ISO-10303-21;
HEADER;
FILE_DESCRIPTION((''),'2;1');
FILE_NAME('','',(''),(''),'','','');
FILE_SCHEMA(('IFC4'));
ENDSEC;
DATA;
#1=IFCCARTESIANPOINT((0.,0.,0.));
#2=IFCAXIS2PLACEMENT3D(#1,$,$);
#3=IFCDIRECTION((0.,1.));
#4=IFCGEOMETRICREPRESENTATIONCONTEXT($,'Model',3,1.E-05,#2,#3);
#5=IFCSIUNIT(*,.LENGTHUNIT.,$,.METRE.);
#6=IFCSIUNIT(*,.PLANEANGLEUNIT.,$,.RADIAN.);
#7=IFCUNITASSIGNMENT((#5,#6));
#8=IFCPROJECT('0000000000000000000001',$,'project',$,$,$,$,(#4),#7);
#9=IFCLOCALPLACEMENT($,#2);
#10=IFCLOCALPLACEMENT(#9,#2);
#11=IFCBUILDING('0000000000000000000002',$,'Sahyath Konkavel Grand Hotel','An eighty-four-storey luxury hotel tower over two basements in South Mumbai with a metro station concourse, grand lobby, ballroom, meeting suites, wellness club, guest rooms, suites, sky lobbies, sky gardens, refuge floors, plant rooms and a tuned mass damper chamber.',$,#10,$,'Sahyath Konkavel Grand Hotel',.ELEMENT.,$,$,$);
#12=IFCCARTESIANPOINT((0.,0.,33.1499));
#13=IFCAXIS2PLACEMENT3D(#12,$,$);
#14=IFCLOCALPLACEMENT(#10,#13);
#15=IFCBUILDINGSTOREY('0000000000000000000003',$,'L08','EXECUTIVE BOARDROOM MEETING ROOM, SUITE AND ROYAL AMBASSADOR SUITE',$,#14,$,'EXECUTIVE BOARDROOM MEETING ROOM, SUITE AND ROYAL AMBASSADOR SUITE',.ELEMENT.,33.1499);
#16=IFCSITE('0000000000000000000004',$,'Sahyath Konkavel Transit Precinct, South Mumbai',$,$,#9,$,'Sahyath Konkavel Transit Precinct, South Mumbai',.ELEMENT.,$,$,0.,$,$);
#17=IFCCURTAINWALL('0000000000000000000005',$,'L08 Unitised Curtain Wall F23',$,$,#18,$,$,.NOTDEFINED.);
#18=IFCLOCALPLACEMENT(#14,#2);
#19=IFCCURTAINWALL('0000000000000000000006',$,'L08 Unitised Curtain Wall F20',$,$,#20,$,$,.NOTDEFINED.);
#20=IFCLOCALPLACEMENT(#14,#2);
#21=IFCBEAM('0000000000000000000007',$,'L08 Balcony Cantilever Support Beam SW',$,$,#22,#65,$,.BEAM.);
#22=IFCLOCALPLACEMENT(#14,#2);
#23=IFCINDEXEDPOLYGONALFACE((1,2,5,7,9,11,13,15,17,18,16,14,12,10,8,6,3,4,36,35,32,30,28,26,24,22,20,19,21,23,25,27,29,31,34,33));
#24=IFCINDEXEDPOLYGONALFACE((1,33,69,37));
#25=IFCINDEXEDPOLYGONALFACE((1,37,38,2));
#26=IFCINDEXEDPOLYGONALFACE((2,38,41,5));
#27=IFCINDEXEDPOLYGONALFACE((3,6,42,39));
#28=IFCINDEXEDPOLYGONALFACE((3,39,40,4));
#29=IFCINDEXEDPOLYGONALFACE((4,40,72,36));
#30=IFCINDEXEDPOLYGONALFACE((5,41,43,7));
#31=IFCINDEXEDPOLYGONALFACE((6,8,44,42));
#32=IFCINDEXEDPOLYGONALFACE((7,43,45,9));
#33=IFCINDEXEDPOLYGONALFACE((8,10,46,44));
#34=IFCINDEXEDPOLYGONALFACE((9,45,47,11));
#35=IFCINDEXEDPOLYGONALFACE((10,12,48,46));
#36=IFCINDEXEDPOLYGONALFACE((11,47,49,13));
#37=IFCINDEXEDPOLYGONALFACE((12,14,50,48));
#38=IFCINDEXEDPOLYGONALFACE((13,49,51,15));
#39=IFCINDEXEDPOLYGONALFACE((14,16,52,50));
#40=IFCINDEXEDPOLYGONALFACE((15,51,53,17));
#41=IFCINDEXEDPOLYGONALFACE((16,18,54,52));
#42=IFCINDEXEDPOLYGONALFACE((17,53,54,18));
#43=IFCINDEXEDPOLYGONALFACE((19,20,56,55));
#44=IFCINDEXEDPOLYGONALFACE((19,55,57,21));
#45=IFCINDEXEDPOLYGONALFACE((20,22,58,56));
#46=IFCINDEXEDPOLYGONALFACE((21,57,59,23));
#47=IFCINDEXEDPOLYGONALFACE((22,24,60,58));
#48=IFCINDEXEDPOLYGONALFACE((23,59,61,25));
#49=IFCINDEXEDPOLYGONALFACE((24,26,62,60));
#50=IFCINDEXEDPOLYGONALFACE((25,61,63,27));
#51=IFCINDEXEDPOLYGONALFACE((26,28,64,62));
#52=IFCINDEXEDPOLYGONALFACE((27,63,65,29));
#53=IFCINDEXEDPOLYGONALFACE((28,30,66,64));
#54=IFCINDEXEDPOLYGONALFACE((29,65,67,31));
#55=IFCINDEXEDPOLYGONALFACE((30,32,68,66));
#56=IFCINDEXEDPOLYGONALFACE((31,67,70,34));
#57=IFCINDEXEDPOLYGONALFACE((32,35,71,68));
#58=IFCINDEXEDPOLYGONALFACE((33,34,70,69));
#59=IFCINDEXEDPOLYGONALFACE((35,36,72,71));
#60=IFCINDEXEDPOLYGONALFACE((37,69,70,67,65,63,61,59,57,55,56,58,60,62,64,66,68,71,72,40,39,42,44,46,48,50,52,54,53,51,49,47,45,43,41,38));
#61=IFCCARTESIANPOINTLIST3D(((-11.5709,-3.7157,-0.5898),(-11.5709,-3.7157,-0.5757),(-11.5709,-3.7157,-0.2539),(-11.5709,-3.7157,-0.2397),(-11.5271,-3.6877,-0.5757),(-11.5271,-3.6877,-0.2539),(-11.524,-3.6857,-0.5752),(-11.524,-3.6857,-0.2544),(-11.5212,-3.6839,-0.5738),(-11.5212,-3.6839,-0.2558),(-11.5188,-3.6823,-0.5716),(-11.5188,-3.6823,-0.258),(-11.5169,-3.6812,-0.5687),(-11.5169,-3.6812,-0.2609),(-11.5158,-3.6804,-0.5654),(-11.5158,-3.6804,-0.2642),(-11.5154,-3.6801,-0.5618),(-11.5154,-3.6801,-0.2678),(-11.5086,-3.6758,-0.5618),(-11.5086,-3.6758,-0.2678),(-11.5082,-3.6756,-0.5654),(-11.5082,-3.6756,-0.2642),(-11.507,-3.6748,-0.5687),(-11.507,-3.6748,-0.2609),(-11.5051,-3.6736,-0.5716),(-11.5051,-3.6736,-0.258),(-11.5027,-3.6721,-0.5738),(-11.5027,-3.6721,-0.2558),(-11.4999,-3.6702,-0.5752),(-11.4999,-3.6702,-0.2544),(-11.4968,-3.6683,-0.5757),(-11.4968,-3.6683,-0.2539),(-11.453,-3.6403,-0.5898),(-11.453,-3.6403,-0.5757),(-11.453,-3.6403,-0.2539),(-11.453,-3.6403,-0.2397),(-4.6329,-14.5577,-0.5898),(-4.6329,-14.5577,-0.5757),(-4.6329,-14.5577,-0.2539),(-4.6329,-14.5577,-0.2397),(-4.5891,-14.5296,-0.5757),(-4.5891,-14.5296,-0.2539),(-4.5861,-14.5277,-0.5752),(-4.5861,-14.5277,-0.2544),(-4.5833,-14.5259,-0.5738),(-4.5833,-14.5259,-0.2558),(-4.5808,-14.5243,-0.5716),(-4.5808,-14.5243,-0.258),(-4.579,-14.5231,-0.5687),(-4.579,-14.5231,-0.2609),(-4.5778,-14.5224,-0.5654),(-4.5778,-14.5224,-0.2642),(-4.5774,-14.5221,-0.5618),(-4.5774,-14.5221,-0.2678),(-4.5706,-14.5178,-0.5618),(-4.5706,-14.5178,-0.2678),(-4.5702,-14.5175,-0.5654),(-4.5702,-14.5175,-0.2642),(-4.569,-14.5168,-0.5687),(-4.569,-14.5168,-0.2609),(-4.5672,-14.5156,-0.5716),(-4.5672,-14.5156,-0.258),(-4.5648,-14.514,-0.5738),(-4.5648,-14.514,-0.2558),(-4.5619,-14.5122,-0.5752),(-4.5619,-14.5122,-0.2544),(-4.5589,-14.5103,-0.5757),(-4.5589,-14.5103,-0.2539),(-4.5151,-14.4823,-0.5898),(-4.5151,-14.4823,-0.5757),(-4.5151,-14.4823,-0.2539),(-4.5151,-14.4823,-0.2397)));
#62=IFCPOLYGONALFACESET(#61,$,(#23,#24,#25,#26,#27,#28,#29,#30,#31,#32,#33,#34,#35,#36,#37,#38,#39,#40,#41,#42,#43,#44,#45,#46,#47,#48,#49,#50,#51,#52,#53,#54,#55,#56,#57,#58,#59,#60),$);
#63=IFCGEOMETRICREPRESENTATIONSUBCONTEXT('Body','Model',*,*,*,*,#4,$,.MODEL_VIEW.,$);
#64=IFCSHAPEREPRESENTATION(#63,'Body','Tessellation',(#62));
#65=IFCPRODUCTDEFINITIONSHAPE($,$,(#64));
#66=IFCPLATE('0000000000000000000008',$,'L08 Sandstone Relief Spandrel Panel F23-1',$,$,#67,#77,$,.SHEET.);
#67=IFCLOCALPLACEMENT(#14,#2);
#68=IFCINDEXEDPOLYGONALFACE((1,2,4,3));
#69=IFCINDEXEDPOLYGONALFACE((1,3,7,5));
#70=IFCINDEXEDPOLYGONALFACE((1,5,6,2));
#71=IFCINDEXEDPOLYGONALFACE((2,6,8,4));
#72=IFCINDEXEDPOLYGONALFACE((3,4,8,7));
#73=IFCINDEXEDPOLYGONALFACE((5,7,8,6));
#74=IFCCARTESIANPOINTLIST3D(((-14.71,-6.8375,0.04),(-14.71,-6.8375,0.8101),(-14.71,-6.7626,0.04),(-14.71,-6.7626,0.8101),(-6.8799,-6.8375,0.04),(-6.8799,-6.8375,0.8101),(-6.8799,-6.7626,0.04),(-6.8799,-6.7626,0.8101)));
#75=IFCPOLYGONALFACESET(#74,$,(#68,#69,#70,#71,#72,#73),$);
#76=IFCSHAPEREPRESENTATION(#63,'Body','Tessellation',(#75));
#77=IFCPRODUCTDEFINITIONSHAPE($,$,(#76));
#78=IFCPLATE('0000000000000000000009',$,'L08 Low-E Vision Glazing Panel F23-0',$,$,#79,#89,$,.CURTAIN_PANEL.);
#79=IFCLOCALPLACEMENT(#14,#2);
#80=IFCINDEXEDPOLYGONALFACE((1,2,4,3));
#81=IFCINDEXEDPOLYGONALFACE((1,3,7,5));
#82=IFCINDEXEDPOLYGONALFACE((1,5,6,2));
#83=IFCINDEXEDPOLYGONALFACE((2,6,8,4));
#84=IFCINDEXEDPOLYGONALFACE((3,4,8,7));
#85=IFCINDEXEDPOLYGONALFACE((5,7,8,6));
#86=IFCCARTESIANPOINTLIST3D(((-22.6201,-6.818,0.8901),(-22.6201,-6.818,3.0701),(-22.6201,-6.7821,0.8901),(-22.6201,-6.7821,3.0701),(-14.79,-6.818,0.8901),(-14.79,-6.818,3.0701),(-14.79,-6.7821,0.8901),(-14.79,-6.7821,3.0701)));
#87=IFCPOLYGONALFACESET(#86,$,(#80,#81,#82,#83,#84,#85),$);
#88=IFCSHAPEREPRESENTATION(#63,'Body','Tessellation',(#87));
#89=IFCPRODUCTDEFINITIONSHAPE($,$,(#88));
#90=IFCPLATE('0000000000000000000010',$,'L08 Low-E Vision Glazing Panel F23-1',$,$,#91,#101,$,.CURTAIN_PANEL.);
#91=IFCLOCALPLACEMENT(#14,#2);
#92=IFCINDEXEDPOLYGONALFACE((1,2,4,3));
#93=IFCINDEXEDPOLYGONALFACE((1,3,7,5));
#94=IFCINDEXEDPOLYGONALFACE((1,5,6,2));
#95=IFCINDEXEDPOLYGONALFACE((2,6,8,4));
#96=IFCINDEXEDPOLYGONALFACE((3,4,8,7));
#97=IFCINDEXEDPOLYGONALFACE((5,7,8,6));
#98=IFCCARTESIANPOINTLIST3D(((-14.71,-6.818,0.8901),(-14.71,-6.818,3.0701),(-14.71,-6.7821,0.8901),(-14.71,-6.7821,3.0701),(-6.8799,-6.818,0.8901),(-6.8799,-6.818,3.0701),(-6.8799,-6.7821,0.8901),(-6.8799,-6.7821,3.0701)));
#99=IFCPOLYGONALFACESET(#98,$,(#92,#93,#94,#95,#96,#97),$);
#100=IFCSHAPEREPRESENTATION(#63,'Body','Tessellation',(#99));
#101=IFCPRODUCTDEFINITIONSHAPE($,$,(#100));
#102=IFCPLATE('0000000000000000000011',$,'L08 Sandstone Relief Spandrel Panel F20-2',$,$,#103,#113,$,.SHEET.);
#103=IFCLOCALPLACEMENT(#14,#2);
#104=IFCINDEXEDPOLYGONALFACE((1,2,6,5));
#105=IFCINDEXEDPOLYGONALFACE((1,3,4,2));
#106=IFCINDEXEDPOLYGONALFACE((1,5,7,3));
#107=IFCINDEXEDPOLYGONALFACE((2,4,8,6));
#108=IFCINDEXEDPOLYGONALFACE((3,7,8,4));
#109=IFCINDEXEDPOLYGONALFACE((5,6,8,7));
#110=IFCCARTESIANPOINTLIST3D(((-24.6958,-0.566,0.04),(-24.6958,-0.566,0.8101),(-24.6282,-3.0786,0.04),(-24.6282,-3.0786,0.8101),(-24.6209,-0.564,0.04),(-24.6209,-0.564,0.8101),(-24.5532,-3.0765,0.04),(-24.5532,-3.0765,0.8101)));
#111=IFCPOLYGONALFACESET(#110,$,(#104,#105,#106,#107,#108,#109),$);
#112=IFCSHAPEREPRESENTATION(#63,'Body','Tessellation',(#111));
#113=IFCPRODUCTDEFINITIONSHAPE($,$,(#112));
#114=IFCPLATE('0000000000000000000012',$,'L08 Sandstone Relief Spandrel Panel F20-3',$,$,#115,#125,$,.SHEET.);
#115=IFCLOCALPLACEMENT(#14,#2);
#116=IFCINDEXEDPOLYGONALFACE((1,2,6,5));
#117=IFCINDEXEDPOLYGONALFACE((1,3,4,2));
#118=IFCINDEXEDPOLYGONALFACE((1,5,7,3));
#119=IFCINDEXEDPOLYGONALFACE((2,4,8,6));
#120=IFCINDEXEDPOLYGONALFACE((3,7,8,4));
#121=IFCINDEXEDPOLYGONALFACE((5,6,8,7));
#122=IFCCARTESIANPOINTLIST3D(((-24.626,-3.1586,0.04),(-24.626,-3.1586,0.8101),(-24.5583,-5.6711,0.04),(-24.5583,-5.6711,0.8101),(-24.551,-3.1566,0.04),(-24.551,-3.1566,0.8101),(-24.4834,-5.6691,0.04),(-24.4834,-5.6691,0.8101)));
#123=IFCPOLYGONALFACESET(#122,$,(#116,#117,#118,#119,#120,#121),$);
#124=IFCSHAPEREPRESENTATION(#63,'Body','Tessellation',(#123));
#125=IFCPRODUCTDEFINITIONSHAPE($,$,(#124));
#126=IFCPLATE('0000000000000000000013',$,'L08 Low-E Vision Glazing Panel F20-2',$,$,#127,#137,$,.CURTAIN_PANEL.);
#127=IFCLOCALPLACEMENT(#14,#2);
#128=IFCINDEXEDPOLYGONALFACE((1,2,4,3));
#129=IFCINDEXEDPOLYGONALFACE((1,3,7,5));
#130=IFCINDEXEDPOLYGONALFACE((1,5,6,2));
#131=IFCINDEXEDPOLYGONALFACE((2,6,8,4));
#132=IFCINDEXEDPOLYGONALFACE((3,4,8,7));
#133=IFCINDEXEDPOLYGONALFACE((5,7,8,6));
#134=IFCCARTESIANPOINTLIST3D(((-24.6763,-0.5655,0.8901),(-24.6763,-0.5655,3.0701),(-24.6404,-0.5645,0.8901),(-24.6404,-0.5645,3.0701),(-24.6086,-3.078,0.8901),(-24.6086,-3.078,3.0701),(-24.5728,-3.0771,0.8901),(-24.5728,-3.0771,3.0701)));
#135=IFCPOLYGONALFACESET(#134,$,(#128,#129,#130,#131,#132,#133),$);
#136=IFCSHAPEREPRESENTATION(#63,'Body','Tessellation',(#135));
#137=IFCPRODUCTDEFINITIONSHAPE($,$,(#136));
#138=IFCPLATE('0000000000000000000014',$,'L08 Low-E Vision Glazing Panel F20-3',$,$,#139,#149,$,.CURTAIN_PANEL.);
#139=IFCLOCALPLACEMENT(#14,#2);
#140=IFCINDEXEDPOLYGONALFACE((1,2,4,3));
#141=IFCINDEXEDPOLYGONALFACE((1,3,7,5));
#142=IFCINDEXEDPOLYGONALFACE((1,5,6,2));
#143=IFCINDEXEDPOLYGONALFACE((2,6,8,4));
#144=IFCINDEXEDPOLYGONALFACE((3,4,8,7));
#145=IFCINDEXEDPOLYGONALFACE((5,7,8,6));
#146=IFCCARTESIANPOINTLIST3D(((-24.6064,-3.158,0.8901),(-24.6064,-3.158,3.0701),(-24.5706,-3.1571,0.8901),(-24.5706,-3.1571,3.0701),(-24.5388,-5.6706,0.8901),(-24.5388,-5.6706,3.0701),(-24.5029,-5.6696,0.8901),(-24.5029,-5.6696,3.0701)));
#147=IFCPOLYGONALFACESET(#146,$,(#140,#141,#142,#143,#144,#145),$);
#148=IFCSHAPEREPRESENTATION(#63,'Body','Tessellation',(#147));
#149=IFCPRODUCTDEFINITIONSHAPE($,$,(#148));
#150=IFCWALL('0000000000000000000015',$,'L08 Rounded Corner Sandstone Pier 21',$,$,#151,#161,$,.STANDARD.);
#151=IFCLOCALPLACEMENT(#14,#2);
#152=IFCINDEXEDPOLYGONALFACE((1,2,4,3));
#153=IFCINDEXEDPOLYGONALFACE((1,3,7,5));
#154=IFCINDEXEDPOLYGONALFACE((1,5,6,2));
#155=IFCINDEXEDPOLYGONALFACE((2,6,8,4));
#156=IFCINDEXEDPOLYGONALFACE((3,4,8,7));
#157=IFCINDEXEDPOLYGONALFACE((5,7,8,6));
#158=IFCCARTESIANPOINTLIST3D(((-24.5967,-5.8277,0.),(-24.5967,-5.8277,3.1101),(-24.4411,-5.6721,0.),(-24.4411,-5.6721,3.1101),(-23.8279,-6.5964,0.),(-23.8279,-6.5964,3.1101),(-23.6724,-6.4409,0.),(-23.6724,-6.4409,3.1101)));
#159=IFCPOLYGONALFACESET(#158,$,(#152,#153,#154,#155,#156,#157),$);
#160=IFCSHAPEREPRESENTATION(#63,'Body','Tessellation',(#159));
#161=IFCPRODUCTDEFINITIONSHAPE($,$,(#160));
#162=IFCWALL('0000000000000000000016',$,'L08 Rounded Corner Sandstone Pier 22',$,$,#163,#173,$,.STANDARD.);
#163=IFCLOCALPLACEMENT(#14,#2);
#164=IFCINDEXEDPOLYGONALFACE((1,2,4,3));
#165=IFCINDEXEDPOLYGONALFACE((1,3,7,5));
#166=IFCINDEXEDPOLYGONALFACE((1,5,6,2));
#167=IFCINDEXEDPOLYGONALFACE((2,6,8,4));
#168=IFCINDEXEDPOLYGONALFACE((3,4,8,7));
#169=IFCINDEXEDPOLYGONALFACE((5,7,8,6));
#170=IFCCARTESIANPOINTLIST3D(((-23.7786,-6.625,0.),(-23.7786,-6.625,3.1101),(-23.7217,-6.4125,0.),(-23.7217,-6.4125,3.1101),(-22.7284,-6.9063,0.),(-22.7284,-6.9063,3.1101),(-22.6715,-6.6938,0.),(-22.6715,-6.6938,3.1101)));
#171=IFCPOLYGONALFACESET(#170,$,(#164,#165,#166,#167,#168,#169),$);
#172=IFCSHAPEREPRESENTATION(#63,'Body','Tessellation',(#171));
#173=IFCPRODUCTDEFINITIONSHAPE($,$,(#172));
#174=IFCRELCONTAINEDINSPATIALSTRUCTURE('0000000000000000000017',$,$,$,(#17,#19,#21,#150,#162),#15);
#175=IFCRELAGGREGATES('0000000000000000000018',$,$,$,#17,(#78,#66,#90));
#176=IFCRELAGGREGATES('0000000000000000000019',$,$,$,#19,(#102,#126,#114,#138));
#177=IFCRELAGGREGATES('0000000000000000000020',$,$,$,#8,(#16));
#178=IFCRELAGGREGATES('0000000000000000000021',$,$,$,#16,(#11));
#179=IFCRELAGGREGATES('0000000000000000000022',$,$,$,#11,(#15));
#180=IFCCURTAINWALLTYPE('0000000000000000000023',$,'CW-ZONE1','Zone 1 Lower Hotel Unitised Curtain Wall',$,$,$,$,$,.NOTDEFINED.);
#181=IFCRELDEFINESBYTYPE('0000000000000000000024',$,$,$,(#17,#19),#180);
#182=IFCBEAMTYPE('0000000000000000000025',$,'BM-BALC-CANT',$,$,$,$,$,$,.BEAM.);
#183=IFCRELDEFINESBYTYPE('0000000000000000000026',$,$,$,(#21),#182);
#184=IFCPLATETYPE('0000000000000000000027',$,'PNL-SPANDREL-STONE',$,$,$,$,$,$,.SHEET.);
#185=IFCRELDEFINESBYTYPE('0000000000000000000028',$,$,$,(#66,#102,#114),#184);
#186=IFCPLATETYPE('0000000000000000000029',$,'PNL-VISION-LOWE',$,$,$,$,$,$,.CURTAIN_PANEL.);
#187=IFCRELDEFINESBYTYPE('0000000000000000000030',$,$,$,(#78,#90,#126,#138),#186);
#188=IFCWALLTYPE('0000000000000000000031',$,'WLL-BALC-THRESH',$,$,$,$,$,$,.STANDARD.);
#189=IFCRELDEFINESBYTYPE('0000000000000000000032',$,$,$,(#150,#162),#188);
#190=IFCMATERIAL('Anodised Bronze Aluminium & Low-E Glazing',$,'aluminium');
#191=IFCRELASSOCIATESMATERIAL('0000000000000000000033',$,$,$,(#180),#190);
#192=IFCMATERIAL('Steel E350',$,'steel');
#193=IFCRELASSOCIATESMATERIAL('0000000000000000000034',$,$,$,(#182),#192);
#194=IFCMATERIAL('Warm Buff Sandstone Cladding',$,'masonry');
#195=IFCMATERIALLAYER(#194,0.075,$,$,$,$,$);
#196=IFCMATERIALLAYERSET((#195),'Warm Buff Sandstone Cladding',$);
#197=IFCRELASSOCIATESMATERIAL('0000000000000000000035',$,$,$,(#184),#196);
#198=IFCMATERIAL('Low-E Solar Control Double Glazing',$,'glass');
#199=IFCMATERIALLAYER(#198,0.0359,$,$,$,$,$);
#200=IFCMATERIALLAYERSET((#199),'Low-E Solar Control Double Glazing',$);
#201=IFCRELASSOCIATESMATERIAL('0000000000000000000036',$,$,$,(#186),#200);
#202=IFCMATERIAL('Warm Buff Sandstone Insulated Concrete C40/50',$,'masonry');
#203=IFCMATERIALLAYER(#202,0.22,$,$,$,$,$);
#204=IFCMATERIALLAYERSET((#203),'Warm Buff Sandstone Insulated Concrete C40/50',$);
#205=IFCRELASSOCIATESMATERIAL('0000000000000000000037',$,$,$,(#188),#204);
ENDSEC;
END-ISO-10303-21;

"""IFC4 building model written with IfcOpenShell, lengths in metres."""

from ifc_helpers import new_model, si_unit, direction, frame, frame_2d, origin, origin_2d, place, context, subcontext, project, spatial, rectangle, i_section, extrude, source, transform, mapped, material, layer, layer_set, material_profile, profile_set, type_object, element, aggregate, save


model = new_model("IFC4")

# Units and contexts
model_context = context("Model", 3, precision=1e-05, world=origin(), true_north=direction((0.0, 1.0)))
body_context = subcontext(model_context, "Body", "Model", "MODEL_VIEW")
ifc_project = project(units=[si_unit("LENGTHUNIT", "METRE"), si_unit("PLANEANGLEUNIT", "RADIAN")], contexts=[model_context])

# Site, building, storey
site_placement = place(None, origin())
site = spatial("IfcSite", under=ifc_project, at=site_placement, Name="Sahyath Konkavel Transit Precinct, South Mumbai", LongName="Sahyath Konkavel Transit Precinct, South Mumbai", CompositionType="ELEMENT", RefElevation=0.0)
building_placement = place(site_placement, origin())
building = spatial("IfcBuilding", under=site, at=building_placement, Name="Sahyath Konkavel Grand Hotel", Description="An eighty-four-storey luxury hotel tower over two basements in South Mumbai with a metro station concourse, grand lobby, ballroom, meeting suites, wellness club, guest rooms, suites, sky lobbies, sky gardens, refuge floors, plant rooms and a tuned mass damper chamber.", LongName="Sahyath Konkavel Grand Hotel", CompositionType="ELEMENT")
storey_placement = place(building_placement, frame((0.0, 0.0, 33.1499)))
storey = spatial("IfcBuildingStorey", under=building, at=storey_placement, Name="L08", Description="EXECUTIVE BOARDROOM MEETING ROOM, SUITE AND ROYAL AMBASSADOR SUITE", LongName="EXECUTIVE BOARDROOM MEETING ROOM, SUITE AND ROYAL AMBASSADOR SUITE", CompositionType="ELEMENT", Elevation=33.1499)

# Shared definitions
ifc_material_1 = material(Name="Steel E350", Category="steel")

# Curtain wall
ifc_material_2 = material(Name="Anodised Bronze Aluminium & Low-E Glazing", Category="aluminium")
curtain_wall_type = type_object("IfcCurtainWallType", Name="CW-ZONE1", Description="Zone 1 Lower Hotel Unitised Curtain Wall", PredefinedType="NOTDEFINED", material=ifc_material_2)
curtain_wall_1_placement = place(storey_placement, origin())
curtain_wall_1 = element("IfcCurtainWall", 1, at=curtain_wall_1_placement, inside=storey, type_object=curtain_wall_type, Name="L08 Unitised Curtain Wall F23", PredefinedType="NOTDEFINED")

# Curtain wall
curtain_wall_2_placement = place(storey_placement, origin())
curtain_wall_2 = element("IfcCurtainWall", 2, at=curtain_wall_2_placement, inside=storey, type_object=curtain_wall_type, Name="L08 Unitised Curtain Wall F20", PredefinedType="NOTDEFINED")

# Beam
ifc_material_profile_1 = material_profile(ifc_material_1, i_section(OverallWidth=0.1399, OverallDepth=0.3501, WebThickness=0.0081, FlangeThickness=0.0142, FilletRadius=0.0139, at=origin_2d()), Name="ISMB 350")
ifc_profile_set_1 = profile_set([ifc_material_profile_1], Name="Steel E350")
beam_type_1 = type_object("IfcBeamType", Name="BM-BALC-CANT", PredefinedType="BEAM", material=ifc_profile_set_1)
shared_shape_1 = source(origin(), body_context, "Body", "SweptSolid", [
    extrude(i_section(OverallWidth=0.1399, OverallDepth=0.3501, WebThickness=0.0081, FlangeThickness=0.0142, FilletRadius=0.0139, at=origin_2d()), origin(), (0.0, 0.0, 1.0), 12.8718),
])
beam_1_placement = place(storey_placement, frame((-11.512, -3.678, -0.4148), z_axis=(0.539003, -0.842304, 0.0), x_axis=(0.842304, 0.539003, 0.0)))
element("IfcBeam", 3, at=beam_1_placement, inside=storey, type_object=beam_type_1, Name="L08 Balcony Cantilever Support Beam SW", PredefinedType="BEAM", context=body_context, shape_type="MappedRepresentation", body=[
    mapped(shared_shape_1, transform((0.0, 0.0, 0.0), scale=1.0)),
])

# Plates
ifc_material_3 = material(Name="Warm Buff Sandstone Cladding", Category="masonry")
ifc_layer_1 = layer(ifc_material_3, 0.075)
ifc_layer_set_1 = layer_set([ifc_layer_1], Name="Warm Buff Sandstone Cladding")
plate_type_1 = type_object("IfcPlateType", Name="PNL-SPANDREL-STONE", PredefinedType="SHEET", material=ifc_layer_set_1)
shared_shape_2 = source(origin(), body_context, "Body", "SweptSolid", [
    extrude(rectangle(XDim=7.8301, YDim=0.075, at=origin_2d()), origin(), (0.0, 0.0, 1.0), 0.77),
])
plate_1_placement = place(storey_placement, frame((-10.7949, -6.8, 0.04), z_axis=(0.0, 0.0, 1.0), x_axis=(1.0, 0.0, 0.0)))
plate_1 = element("IfcPlate", 4, at=plate_1_placement, type_object=plate_type_1, Name="L08 Sandstone Relief Spandrel Panel F23-1", PredefinedType="SHEET", context=body_context, shape_type="MappedRepresentation", body=[
    mapped(shared_shape_2, transform((0.0, 0.0, 0.0), scale=1.0)),
])
ifc_material_4 = material(Name="Low-E Solar Control Double Glazing", Category="glass")
ifc_layer_2 = layer(ifc_material_4, 0.0359)
ifc_layer_set_2 = layer_set([ifc_layer_2], Name="Low-E Solar Control Double Glazing")
plate_type_2 = type_object("IfcPlateType", Name="PNL-VISION-LOWE", PredefinedType="CURTAIN_PANEL", material=ifc_layer_set_2)
shared_shape_3 = source(origin(), body_context, "Body", "SweptSolid", [
    extrude(rectangle(XDim=7.8301, YDim=0.0359, at=origin_2d()), origin(), (0.0, 0.0, 1.0), 2.1799),
])
plate_2_placement = place(storey_placement, frame((-18.7051, -6.8, 0.8901), z_axis=(0.0, 0.0, 1.0), x_axis=(1.0, 0.0, 0.0)))
plate_2 = element("IfcPlate", 5, at=plate_2_placement, type_object=plate_type_2, Name="L08 Low-E Vision Glazing Panel F23-0", PredefinedType="CURTAIN_PANEL", context=body_context, shape_type="MappedRepresentation", body=[
    mapped(shared_shape_3, transform((0.0, 0.0, 0.0), scale=1.0)),
])
plate_3_placement = place(storey_placement, frame((-10.7949, -6.8, 0.8901), z_axis=(0.0, 0.0, 1.0), x_axis=(1.0, 0.0, 0.0)))
plate_3 = element("IfcPlate", 6, at=plate_3_placement, type_object=plate_type_2, Name="L08 Low-E Vision Glazing Panel F23-1", PredefinedType="CURTAIN_PANEL", context=body_context, shape_type="MappedRepresentation", body=[
    mapped(shared_shape_3, transform((0.0, 0.0, 0.0), scale=1.0)),
])
aggregate(curtain_wall_1, [plate_2, plate_1, plate_3])
shared_shape_4 = source(origin(), body_context, "Body", "SweptSolid", [
    extrude(rectangle(XDim=2.5134, YDim=0.075, at=origin_2d()), origin(), (0.0, 0.0, 1.0), 0.77),
])
plate_4_placement = place(storey_placement, frame((-24.6245, -1.8213, 0.04), z_axis=(0.0, 0.0, 1.0), x_axis=(0.02691, -0.999638, 0.0)))
plate_4 = element("IfcPlate", 7, at=plate_4_placement, type_object=plate_type_1, Name="L08 Sandstone Relief Spandrel Panel F20-2", PredefinedType="SHEET", context=body_context, shape_type="MappedRepresentation", body=[
    mapped(shared_shape_4, transform((0.0, 0.0, 0.0), scale=1.0)),
])
plate_5_placement = place(storey_placement, frame((-24.5547, -4.4138, 0.04), z_axis=(0.0, 0.0, 1.0), x_axis=(0.02691, -0.999638, 0.0)))
plate_5 = element("IfcPlate", 8, at=plate_5_placement, type_object=plate_type_1, Name="L08 Sandstone Relief Spandrel Panel F20-3", PredefinedType="SHEET", context=body_context, shape_type="MappedRepresentation", body=[
    mapped(shared_shape_4, transform((0.0, 0.0, 0.0), scale=1.0)),
])
shared_shape_5 = source(origin(), body_context, "Body", "SweptSolid", [
    extrude(rectangle(XDim=2.5134, YDim=0.0359, at=origin_2d()), origin(), (0.0, 0.0, 1.0), 2.1799),
])
plate_6_placement = place(storey_placement, frame((-24.6245, -1.8213, 0.8901), z_axis=(0.0, 0.0, 1.0), x_axis=(0.02691, -0.999638, 0.0)))
plate_6 = element("IfcPlate", 9, at=plate_6_placement, type_object=plate_type_2, Name="L08 Low-E Vision Glazing Panel F20-2", PredefinedType="CURTAIN_PANEL", context=body_context, shape_type="MappedRepresentation", body=[
    mapped(shared_shape_5, transform((0.0, 0.0, 0.0), scale=1.0)),
])
plate_7_placement = place(storey_placement, frame((-24.5547, -4.4138, 0.8901), z_axis=(0.0, 0.0, 1.0), x_axis=(0.02691, -0.999638, 0.0)))
plate_7 = element("IfcPlate", 10, at=plate_7_placement, type_object=plate_type_2, Name="L08 Low-E Vision Glazing Panel F20-3", PredefinedType="CURTAIN_PANEL", context=body_context, shape_type="MappedRepresentation", body=[
    mapped(shared_shape_5, transform((0.0, 0.0, 0.0), scale=1.0)),
])
aggregate(curtain_wall_2, [plate_4, plate_6, plate_5, plate_7])

# Walls
ifc_material_5 = material(Name="Warm Buff Sandstone Insulated Concrete C40/50", Category="masonry")
ifc_layer_3 = layer(ifc_material_5, 0.22)
ifc_layer_set_3 = layer_set([ifc_layer_3], Name="Warm Buff Sandstone Insulated Concrete C40/50")
wall_type_1 = type_object("IfcWallType", Name="WLL-BALC-THRESH", PredefinedType="STANDARD", material=ifc_layer_set_3)
for number, where, z_axis, x_axis, name in (
    (11, (-24.5188, -5.75, 0.0), (0.0, 0.0, 1.0), (0.707107, -0.707107, 0.0), "L08 Rounded Corner Sandstone Pier 21"),
    (12, (-23.75, -6.5188, 0.0), (0.0, 0.0, 1.0), (0.965951, -0.258725, 0.0), "L08 Rounded Corner Sandstone Pier 22"),
):
    element("IfcWall", number, at=place(storey_placement, frame(where, z_axis=z_axis, x_axis=x_axis)), inside=storey, type_object=wall_type_1, Name=name, PredefinedType="STANDARD", context=body_context, shape_type="SweptSolid", body=[
        extrude(rectangle(XDim=1.0872, YDim=0.22, at=frame_2d((0.5435, 0.0))), origin(), (0.0, 0.0, 1.0), 3.1101),
    ])

save(model, "model.ifc")
